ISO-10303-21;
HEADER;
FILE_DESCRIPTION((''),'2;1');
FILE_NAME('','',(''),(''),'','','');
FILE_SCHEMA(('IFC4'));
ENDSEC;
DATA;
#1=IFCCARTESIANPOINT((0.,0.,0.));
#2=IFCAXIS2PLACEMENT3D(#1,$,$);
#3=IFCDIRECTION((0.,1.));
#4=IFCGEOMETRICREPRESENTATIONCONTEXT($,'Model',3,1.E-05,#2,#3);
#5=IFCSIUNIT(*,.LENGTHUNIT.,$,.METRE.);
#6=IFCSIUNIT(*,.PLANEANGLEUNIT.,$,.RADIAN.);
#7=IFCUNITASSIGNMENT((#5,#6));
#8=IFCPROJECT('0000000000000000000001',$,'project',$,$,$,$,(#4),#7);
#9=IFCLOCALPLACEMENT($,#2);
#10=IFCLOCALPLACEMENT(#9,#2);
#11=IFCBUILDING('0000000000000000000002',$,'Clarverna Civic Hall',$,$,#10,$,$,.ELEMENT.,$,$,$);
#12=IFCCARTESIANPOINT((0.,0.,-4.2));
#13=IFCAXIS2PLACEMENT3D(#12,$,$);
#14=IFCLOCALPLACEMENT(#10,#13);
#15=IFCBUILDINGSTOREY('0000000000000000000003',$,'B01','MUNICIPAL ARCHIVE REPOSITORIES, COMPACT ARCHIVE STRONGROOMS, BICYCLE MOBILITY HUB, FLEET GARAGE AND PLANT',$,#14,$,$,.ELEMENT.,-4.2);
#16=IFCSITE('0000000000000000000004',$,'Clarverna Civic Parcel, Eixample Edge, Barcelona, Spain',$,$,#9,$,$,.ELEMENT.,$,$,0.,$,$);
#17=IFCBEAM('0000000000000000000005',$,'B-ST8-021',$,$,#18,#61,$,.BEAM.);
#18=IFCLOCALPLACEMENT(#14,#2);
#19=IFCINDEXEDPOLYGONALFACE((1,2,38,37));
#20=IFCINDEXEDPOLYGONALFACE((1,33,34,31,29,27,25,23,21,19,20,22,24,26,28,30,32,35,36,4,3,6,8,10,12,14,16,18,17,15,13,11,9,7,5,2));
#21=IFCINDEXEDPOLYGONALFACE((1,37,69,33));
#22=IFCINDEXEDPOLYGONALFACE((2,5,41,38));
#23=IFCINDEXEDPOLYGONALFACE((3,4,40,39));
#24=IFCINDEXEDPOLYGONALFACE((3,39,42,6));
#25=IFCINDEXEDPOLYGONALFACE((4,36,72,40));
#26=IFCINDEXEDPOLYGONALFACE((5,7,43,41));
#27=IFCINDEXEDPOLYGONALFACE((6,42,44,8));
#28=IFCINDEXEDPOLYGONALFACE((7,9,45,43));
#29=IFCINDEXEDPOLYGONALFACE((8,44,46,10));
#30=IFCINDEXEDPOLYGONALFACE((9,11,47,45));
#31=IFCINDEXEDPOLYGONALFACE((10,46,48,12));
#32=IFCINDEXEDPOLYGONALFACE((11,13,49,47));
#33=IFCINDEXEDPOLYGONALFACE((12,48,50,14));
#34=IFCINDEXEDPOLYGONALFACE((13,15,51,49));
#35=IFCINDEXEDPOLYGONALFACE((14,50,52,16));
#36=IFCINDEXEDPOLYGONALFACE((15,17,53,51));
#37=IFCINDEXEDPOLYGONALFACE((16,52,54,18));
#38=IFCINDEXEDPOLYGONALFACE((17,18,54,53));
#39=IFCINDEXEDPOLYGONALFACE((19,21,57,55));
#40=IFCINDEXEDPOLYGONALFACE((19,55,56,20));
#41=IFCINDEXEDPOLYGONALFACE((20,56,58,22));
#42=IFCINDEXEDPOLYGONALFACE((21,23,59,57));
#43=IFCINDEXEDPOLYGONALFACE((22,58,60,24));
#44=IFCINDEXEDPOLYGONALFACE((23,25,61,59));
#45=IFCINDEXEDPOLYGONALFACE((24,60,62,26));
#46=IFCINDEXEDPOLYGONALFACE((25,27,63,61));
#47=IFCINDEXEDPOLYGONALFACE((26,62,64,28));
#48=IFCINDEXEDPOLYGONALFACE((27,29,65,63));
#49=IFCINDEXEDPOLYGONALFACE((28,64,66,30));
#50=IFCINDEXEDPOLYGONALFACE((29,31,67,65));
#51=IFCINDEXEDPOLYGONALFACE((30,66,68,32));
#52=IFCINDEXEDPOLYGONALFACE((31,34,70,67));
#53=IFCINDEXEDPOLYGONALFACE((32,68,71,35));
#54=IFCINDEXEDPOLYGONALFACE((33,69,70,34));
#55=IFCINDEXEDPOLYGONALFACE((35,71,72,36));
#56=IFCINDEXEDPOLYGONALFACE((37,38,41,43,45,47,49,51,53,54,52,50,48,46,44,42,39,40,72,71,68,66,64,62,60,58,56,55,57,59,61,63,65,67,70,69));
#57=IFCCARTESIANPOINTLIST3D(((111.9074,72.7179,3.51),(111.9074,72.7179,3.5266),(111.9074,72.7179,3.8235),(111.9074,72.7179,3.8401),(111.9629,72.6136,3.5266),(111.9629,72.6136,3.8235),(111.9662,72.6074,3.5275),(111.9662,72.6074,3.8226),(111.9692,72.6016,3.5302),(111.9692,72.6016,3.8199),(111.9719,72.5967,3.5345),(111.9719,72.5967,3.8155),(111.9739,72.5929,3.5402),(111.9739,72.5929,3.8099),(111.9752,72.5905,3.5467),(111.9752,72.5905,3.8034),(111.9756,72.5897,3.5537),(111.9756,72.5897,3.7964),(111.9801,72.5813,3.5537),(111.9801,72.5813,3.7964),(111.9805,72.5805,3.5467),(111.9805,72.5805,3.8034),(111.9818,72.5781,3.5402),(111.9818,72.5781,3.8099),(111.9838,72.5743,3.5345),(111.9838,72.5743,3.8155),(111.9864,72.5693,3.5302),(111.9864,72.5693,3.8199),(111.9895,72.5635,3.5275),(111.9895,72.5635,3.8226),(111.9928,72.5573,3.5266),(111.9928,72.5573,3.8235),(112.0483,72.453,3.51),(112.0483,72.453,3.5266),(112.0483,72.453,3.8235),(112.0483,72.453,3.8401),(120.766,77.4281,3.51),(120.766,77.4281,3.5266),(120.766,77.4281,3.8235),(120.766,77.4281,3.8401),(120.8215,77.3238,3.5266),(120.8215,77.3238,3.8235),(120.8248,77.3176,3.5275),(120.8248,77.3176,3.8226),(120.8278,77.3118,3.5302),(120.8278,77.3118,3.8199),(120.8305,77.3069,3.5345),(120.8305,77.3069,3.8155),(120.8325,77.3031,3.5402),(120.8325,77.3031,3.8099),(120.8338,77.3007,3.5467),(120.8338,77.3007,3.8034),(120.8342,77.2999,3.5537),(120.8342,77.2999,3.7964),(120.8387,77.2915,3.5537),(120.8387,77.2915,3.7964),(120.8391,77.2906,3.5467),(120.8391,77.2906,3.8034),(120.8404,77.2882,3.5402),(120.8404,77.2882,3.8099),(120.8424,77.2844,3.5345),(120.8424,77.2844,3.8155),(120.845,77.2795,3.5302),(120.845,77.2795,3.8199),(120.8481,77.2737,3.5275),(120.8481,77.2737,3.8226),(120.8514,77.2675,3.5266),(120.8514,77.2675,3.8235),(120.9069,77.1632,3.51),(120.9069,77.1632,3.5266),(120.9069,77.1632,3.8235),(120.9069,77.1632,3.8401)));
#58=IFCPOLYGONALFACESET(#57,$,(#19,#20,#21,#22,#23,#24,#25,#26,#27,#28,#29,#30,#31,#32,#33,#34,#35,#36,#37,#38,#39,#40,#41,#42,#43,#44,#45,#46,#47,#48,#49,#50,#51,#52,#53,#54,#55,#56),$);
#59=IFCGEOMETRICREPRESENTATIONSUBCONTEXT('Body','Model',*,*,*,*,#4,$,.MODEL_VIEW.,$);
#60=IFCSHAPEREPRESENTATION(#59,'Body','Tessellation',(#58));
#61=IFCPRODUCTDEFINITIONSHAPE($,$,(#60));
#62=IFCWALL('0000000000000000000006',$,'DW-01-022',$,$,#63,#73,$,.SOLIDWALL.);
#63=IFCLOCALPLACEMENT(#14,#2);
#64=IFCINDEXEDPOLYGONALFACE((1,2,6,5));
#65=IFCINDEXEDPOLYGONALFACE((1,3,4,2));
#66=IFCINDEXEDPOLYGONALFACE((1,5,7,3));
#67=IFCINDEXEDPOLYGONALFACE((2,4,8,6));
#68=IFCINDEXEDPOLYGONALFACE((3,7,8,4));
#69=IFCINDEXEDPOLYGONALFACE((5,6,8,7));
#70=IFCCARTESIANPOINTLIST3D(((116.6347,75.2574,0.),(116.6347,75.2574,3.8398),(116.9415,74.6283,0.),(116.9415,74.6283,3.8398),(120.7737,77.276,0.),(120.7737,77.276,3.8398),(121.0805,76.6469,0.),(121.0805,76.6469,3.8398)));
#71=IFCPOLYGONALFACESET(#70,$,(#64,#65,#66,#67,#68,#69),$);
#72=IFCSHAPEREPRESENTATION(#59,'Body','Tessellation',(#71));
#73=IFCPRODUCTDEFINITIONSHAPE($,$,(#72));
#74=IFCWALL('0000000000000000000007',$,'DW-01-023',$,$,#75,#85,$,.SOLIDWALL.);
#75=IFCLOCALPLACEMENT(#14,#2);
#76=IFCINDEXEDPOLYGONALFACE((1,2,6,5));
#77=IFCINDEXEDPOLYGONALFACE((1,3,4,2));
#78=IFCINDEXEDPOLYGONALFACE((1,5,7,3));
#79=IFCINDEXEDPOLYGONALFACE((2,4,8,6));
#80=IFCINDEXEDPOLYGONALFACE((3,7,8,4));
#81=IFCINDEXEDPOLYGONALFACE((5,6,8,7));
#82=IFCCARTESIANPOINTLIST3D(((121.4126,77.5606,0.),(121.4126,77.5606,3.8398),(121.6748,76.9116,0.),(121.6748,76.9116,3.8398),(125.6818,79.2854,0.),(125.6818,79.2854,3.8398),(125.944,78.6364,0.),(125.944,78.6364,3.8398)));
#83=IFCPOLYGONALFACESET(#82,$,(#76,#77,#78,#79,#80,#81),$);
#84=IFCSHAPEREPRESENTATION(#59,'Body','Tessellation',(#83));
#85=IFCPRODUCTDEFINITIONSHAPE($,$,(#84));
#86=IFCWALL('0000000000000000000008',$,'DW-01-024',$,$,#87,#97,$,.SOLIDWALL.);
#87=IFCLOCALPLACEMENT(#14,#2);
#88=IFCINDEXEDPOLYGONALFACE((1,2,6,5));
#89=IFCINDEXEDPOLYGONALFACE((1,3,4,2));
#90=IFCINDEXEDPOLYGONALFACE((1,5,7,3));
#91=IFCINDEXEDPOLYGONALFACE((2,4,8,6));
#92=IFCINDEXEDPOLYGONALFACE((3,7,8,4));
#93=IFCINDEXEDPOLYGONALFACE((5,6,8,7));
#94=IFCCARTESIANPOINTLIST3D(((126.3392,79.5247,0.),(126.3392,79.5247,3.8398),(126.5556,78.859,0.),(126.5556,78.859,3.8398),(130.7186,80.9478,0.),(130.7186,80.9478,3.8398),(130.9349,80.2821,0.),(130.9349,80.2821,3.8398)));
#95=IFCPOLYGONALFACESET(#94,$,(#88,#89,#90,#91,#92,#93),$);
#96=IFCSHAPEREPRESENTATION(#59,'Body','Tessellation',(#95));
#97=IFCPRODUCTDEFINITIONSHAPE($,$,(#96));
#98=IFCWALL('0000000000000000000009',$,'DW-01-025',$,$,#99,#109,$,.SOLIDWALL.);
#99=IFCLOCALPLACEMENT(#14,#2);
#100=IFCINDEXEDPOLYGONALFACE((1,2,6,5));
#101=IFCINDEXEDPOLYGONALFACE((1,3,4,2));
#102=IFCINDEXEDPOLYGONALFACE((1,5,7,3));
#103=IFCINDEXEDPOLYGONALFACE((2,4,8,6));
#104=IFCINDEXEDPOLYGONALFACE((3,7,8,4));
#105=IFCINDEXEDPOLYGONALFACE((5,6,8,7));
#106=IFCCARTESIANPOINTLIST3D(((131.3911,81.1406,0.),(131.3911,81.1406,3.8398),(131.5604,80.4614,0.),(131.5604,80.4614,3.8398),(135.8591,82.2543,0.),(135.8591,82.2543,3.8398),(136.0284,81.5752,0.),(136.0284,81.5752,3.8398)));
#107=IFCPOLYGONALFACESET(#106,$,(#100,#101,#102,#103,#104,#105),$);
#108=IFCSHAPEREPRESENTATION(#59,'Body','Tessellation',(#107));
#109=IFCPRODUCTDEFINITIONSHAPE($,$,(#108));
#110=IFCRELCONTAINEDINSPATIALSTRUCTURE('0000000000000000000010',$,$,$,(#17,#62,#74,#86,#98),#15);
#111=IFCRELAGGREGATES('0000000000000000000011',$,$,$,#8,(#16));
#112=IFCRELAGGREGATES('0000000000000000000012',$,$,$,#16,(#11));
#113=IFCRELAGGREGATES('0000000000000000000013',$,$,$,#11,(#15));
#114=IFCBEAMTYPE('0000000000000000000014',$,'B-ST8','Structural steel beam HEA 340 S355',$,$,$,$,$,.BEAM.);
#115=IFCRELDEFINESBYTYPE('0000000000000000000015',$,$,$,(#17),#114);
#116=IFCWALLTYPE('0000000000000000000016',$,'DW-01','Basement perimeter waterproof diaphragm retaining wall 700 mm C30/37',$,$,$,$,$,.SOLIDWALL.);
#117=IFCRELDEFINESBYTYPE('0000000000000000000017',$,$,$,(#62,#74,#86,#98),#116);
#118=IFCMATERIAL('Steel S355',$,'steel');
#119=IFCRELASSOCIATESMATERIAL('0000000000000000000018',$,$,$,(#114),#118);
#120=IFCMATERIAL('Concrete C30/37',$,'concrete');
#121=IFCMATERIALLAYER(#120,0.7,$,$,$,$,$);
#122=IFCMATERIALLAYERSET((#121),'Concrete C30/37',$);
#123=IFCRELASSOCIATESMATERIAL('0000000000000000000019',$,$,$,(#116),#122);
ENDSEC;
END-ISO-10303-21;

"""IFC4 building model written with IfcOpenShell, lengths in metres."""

from ifc_helpers import new_model, si_unit, direction, frame, frame_2d, origin, origin_2d, place, context, subcontext, project, spatial, rectangle, i_section, extrude, material, layer, layer_set, material_profile, profile_set, type_object, element, save


model = new_model("IFC4")

# Units and contexts
model_context = context("Model", 3, precision=1e-05, world=origin(), true_north=direction((0.0, 1.0)))
body_context = subcontext(model_context, "Body", "Model", "MODEL_VIEW")
ifc_project = project(units=[si_unit("LENGTHUNIT", "METRE"), si_unit("PLANEANGLEUNIT", "RADIAN")], contexts=[model_context])

# Site, building, storey
site_placement = place(None, origin())
site = spatial("IfcSite", under=ifc_project, at=site_placement, Name="Clarverna Civic Parcel, Eixample Edge, Barcelona, Spain", CompositionType="ELEMENT", RefElevation=0.0)
building_placement = place(site_placement, origin())
building = spatial("IfcBuilding", under=site, at=building_placement, Name="Clarverna Civic Hall", CompositionType="ELEMENT")
storey_placement = place(building_placement, frame((0.0, 0.0, -4.2)))
storey = spatial("IfcBuildingStorey", under=building, at=storey_placement, Name="B01", Description="MUNICIPAL ARCHIVE REPOSITORIES, COMPACT ARCHIVE STRONGROOMS, BICYCLE MOBILITY HUB, FLEET GARAGE AND PLANT", CompositionType="ELEMENT", Elevation=-4.2)

# Shared definitions
ifc_material_1 = material(Name="Concrete C30/37", Category="concrete")

# Beam
ifc_material_2 = material(Name="Steel S355", Category="steel")
ifc_material_profile_1 = material_profile(ifc_material_2, i_section(OverallWidth=0.3, OverallDepth=0.3301, WebThickness=0.0095, FlangeThickness=0.0166, FilletRadius=0.0271, at=origin_2d()), Name="HEA 340")
ifc_profile_set_1 = profile_set([ifc_material_profile_1], Name="Steel S355")
beam_type = type_object("IfcBeamType", Name="B-ST8", Description="Structural steel beam HEA 340 S355", PredefinedType="BEAM", material=ifc_profile_set_1)
for number, where, z_axis, x_axis, name in (
    (1, (120.8364, 77.2957, 3.675), (-0.882948, -0.46947, 0.0), (0.46947, -0.882948, 0.0), "B-ST8-021"),
):
    element("IfcBeam", number, at=place(storey_placement, frame(where, z_axis=z_axis, x_axis=x_axis)), inside=storey, type_object=beam_type, Name=name, PredefinedType="BEAM", context=body_context, shape_type="SweptSolid", body=[
        extrude(i_section(OverallWidth=0.3, OverallDepth=0.3301, WebThickness=0.0095, FlangeThickness=0.0166, FilletRadius=0.0271, at=origin_2d()), origin(), (0.0, 0.0, 1.0), 10.033),
    ])

# Walls
ifc_layer = layer(ifc_material_1, 0.7)
ifc_layer_set = layer_set([ifc_layer], Name="Concrete C30/37")
wall_type = type_object("IfcWallType", Name="DW-01", Description="Basement perimeter waterproof diaphragm retaining wall 700 mm C30/37", PredefinedType="SOLIDWALL", material=ifc_layer_set)
wall_1_placement = place(storey_placement, frame((116.7881, 74.9429, 0.0), z_axis=(0.0, 0.0, 1.0), x_axis=(0.898805, 0.438348, 0.0)))
element("IfcWall", 2, at=wall_1_placement, inside=storey, type_object=wall_type, Name="DW-01-022", PredefinedType="SOLIDWALL", context=body_context, shape_type="SweptSolid", body=[
    extrude(rectangle(XDim=4.605, YDim=0.7, at=frame_2d((2.3025, 0.0))), origin(), (0.0, 0.0, 1.0), 3.8398),
])
wall_2_placement = place(storey_placement, frame((121.5437, 77.2361, 0.0), z_axis=(0.0, 0.0, 1.0), x_axis=(0.927188, 0.374597, 0.0)))
element("IfcWall", 3, at=wall_2_placement, inside=storey, type_object=wall_type, Name="DW-01-023", PredefinedType="SOLIDWALL", context=body_context, shape_type="SweptSolid", body=[
    extrude(rectangle(XDim=4.6045, YDim=0.7, at=frame_2d((2.3022, 0.0))), origin(), (0.0, 0.0, 1.0), 3.8398),
])
for number, where, z_axis, x_axis, name in (
    (4, (126.4475, 79.1919, 0.0), (0.0, 0.0, 1.0), (0.951047, 0.309045, 0.0), "DW-01-024"),
    (5, (131.4758, 80.801, 0.0), (0.0, 0.0, 1.0), (0.970308, 0.241874, 0.0), "DW-01-025"),
):
    element("IfcWall", number, at=place(storey_placement, frame(where, z_axis=z_axis, x_axis=x_axis)), inside=storey, type_object=wall_type, Name=name, PredefinedType="SOLIDWALL", context=body_context, shape_type="SweptSolid", body=[
        extrude(rectangle(XDim=4.6047, YDim=0.7, at=frame_2d((2.3022, 0.0))), origin(), (0.0, 0.0, 1.0), 3.8398),
    ])

save(model, "model.ifc")
